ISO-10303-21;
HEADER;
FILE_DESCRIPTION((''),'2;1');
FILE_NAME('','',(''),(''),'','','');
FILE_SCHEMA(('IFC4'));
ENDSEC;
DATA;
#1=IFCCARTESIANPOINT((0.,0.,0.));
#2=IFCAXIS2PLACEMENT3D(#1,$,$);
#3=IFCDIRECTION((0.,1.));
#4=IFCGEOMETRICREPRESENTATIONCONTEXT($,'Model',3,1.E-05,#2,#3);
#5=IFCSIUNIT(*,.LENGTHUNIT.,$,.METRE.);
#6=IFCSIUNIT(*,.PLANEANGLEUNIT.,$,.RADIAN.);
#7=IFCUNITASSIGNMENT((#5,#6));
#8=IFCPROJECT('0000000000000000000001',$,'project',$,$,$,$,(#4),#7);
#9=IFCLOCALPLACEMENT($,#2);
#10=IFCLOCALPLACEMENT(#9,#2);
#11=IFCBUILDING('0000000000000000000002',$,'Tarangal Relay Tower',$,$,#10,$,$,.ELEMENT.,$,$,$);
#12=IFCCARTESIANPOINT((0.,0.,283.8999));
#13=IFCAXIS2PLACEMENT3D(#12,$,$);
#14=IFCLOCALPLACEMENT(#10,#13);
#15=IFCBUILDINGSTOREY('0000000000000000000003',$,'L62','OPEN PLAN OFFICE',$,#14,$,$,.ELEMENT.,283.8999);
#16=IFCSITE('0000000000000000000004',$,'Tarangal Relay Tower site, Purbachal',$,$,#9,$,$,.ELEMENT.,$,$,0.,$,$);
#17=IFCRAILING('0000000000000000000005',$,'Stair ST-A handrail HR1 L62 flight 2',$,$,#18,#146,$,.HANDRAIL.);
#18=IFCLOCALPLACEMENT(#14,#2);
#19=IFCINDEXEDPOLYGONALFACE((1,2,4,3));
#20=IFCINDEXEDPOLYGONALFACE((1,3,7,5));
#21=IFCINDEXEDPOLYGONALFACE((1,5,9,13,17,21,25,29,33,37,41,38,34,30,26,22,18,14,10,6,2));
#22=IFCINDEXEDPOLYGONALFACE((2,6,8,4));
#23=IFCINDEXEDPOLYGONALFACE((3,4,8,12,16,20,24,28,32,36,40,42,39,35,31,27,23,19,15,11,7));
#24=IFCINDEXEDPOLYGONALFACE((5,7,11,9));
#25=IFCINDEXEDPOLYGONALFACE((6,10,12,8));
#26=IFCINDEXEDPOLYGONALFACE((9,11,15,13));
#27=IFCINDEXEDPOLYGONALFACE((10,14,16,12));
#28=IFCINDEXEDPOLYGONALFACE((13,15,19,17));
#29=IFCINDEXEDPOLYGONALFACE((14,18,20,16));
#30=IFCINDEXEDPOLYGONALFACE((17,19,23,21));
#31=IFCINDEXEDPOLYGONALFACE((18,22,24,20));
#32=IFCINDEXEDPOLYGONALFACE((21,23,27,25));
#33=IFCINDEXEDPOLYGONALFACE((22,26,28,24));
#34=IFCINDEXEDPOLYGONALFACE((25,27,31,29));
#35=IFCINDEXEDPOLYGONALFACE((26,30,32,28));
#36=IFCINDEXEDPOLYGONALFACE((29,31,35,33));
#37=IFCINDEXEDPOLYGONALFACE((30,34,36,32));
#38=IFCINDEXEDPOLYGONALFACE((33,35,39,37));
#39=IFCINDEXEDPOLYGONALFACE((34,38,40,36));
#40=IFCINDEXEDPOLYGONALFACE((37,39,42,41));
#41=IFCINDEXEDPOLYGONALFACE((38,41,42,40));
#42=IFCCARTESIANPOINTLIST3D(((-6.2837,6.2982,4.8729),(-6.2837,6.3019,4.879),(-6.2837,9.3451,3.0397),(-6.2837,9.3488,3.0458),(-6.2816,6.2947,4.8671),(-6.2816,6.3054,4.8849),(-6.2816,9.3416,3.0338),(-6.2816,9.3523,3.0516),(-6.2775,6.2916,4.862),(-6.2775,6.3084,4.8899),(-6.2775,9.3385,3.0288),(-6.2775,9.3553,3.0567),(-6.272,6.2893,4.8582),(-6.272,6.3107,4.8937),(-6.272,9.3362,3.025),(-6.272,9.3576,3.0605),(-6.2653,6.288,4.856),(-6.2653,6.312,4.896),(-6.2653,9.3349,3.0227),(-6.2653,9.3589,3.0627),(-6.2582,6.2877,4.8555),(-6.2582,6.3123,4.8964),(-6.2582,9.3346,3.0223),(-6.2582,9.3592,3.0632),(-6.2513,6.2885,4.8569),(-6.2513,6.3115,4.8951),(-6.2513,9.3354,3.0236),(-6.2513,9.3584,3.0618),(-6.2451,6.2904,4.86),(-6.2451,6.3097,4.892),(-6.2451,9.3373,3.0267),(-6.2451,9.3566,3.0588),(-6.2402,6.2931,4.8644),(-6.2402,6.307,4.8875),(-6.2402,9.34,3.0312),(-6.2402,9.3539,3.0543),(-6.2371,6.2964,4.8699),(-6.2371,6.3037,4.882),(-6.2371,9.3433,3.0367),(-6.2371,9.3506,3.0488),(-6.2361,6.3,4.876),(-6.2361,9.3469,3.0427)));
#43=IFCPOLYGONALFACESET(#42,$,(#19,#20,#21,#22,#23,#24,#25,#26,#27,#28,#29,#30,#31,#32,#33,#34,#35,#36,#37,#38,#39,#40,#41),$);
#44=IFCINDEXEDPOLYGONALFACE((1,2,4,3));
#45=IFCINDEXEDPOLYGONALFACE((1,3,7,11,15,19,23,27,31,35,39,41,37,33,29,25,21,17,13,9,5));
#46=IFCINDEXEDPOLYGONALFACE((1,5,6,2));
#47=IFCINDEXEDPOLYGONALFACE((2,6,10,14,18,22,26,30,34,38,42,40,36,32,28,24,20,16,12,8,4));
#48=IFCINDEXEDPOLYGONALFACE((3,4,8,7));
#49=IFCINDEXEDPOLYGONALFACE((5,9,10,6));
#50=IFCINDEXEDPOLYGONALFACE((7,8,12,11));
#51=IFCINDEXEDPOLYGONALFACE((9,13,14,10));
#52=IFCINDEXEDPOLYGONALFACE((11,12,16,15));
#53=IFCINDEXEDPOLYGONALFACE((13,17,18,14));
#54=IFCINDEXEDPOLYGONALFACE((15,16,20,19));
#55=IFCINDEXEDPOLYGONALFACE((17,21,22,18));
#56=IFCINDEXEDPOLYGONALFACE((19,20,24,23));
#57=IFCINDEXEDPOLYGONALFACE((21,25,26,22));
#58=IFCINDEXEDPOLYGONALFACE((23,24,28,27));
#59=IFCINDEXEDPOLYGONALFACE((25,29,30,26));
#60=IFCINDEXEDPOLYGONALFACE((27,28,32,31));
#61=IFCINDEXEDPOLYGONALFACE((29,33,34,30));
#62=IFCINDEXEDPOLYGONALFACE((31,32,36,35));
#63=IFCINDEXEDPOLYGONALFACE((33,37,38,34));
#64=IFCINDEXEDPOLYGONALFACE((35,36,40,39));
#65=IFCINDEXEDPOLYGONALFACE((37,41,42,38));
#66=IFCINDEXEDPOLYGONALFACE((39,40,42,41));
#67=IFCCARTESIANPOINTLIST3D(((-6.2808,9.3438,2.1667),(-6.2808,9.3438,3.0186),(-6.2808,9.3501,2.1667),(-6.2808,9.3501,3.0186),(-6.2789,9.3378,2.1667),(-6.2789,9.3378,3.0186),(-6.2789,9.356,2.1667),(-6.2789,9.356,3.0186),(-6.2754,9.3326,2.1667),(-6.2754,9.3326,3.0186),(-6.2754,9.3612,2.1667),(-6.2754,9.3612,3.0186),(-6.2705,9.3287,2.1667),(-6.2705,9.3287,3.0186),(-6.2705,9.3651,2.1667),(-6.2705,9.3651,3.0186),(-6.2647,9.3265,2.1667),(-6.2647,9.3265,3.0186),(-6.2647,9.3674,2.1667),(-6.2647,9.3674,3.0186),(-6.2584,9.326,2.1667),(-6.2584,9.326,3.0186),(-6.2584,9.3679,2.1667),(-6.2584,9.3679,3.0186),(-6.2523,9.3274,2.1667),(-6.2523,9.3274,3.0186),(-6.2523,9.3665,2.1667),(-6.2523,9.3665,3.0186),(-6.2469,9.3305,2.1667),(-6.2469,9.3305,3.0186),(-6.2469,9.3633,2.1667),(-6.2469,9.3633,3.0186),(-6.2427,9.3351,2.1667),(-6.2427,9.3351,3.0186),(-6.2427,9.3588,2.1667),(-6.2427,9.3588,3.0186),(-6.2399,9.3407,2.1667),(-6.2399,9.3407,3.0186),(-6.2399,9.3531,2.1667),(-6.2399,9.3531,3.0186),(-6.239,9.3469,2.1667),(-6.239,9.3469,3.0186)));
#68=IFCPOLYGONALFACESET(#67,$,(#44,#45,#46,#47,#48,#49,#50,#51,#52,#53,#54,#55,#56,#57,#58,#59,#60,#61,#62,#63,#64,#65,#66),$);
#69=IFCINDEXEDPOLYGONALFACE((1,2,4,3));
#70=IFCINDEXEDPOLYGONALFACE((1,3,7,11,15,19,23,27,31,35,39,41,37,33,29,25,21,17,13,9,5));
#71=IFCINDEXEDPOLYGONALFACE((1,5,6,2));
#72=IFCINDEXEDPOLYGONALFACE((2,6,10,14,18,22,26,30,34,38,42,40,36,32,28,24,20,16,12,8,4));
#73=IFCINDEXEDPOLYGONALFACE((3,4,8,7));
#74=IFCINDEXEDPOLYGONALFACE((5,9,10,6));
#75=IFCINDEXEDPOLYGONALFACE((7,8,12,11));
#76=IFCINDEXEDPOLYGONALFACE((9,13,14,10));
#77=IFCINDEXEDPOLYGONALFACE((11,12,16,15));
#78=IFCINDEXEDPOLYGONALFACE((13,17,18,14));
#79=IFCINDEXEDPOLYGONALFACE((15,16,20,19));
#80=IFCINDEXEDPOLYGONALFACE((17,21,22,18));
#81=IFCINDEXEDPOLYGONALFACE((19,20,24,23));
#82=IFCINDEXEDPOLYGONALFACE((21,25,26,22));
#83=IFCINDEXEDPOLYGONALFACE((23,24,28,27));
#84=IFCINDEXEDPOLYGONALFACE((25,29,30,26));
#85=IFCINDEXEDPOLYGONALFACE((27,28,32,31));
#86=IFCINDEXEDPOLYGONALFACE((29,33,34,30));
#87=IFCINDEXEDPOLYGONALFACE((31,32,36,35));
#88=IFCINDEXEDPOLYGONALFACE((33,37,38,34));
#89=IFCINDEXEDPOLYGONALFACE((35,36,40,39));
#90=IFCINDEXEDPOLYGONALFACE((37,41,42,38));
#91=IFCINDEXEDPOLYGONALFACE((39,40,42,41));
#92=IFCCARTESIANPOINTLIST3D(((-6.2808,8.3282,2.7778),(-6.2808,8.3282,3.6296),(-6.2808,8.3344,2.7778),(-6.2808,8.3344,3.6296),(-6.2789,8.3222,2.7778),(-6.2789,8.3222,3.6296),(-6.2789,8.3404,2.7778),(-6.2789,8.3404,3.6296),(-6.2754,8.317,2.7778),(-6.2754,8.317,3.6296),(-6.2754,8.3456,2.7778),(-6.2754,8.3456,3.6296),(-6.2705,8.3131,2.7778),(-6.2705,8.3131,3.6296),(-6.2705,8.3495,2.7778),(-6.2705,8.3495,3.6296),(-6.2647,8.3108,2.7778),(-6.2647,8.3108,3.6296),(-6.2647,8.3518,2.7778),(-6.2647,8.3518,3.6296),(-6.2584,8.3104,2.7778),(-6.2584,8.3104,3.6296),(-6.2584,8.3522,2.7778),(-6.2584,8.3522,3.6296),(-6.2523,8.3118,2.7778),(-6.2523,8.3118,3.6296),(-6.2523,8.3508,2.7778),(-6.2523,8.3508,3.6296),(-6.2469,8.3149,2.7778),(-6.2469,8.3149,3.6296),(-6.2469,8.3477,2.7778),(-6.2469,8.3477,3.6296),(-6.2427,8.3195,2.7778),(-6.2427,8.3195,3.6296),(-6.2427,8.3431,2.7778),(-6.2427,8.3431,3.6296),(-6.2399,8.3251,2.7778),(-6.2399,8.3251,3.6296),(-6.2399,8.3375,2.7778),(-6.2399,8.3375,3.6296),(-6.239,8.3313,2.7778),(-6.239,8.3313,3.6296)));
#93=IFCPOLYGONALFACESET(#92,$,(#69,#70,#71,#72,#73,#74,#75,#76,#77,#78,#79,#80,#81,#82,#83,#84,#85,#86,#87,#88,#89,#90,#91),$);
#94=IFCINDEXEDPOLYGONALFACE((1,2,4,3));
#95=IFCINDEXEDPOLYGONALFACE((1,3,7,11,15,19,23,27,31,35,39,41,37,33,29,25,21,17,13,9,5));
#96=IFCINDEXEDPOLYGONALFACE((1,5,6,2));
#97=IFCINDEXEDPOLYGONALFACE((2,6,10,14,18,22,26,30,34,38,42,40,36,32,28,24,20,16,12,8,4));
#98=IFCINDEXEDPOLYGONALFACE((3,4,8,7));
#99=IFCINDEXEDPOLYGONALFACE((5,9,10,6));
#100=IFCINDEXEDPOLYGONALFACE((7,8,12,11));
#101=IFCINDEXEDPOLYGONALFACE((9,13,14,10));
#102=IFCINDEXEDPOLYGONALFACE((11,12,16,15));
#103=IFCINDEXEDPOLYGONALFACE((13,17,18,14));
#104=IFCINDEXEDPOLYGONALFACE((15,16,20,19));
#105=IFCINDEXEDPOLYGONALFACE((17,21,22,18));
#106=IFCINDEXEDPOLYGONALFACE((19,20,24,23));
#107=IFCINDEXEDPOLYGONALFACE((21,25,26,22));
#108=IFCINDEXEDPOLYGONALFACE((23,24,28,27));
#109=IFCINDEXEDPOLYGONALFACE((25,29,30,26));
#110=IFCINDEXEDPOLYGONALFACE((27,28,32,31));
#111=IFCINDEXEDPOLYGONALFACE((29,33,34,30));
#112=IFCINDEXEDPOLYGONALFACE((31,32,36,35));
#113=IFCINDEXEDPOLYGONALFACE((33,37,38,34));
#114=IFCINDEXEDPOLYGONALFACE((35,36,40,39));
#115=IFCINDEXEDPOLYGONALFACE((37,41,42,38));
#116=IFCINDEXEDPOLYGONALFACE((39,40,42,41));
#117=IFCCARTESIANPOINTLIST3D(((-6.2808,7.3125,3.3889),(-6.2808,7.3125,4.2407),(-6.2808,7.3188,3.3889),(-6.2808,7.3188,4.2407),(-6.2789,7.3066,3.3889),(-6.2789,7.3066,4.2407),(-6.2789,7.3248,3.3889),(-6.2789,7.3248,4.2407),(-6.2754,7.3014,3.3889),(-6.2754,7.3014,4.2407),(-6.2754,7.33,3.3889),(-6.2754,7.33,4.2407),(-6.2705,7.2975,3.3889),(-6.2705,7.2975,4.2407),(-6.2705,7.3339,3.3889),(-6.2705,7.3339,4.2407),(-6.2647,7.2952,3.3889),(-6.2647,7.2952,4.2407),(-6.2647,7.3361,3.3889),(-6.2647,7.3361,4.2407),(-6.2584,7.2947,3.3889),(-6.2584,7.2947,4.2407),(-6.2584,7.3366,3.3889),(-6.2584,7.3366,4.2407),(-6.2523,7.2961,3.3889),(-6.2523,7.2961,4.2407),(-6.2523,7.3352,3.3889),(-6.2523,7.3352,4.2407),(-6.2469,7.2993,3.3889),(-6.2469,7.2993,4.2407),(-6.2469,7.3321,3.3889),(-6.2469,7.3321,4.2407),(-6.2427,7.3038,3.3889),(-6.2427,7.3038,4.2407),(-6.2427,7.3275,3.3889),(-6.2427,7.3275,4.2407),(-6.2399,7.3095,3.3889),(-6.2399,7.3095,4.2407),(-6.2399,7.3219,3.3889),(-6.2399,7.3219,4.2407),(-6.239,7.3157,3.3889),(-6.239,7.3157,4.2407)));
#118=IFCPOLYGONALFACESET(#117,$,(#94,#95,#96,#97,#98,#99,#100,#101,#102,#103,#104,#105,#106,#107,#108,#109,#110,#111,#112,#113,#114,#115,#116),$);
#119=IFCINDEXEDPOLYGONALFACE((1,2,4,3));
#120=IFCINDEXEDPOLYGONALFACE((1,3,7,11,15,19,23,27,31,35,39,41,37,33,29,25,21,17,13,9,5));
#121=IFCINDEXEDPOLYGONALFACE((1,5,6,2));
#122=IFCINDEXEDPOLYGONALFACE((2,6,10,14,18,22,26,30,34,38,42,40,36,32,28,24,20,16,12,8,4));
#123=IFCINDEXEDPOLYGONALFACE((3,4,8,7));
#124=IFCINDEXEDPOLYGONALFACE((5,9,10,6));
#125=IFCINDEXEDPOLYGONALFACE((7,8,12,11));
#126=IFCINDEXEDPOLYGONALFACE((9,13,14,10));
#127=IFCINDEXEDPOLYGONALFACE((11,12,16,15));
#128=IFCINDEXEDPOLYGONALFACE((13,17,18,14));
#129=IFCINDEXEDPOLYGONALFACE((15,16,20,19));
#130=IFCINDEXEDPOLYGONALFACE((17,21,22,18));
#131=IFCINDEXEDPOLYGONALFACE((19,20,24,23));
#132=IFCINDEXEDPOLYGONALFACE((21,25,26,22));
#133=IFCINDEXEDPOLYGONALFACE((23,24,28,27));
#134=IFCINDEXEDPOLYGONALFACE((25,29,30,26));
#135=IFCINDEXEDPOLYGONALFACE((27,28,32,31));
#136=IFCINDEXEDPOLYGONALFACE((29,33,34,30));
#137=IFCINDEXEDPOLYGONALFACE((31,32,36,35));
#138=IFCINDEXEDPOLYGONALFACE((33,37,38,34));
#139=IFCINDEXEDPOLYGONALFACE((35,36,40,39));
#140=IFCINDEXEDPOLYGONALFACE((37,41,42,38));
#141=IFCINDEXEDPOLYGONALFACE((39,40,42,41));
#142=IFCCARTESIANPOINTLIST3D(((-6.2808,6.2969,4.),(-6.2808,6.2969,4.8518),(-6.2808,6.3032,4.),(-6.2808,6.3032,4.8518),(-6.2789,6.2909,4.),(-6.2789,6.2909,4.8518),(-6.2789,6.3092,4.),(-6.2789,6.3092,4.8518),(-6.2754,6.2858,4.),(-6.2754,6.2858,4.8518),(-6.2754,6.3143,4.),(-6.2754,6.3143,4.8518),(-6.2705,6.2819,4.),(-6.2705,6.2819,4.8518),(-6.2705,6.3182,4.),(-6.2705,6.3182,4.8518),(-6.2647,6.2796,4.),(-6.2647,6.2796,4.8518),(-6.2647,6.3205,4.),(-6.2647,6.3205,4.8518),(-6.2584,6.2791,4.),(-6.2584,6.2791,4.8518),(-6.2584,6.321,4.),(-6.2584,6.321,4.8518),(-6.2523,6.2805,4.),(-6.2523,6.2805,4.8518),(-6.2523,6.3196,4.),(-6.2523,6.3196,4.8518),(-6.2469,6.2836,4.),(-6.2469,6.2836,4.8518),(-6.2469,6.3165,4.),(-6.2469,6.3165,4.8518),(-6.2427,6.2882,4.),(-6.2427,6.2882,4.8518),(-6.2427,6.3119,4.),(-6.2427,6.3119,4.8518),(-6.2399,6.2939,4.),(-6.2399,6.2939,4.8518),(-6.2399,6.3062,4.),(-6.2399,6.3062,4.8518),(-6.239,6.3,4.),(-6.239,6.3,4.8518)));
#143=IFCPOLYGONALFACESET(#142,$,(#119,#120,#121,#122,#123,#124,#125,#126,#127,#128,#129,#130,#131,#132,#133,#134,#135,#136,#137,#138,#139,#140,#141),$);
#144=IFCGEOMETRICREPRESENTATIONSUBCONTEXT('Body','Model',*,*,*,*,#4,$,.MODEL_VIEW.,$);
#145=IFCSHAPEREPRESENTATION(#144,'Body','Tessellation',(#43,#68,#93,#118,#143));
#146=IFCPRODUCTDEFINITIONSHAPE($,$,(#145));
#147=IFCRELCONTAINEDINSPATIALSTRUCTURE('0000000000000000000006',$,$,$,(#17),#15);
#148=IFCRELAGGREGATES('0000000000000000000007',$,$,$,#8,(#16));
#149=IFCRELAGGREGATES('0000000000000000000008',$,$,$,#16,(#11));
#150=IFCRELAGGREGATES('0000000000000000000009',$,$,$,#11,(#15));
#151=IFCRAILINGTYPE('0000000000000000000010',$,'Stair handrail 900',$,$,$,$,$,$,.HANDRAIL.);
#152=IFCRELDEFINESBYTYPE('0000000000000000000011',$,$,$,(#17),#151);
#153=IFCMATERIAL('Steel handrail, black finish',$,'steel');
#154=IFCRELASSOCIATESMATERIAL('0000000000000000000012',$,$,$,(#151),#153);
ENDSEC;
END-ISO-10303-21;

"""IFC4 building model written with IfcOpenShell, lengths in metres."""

from ifc_helpers import new_model, si_unit, direction, frame, origin, origin_2d, place, context, subcontext, project, spatial, circle, extrude, material, type_object, element, save


model = new_model("IFC4")

# Units and contexts
model_context = context("Model", 3, precision=1e-05, world=origin(), true_north=direction((0.0, 1.0)))
body_context = subcontext(model_context, "Body", "Model", "MODEL_VIEW")
ifc_project = project(units=[si_unit("LENGTHUNIT", "METRE"), si_unit("PLANEANGLEUNIT", "RADIAN")], contexts=[model_context])

# Site, building, storey
site_placement = place(None, origin())
site = spatial("IfcSite", under=ifc_project, at=site_placement, Name="Tarangal Relay Tower site, Purbachal", CompositionType="ELEMENT", RefElevation=0.0)
building_placement = place(site_placement, origin())
building = spatial("IfcBuilding", under=site, at=building_placement, Name="Tarangal Relay Tower", CompositionType="ELEMENT")
storey_placement = place(building_placement, frame((0.0, 0.0, 283.8999)))
storey = spatial("IfcBuildingStorey", under=building, at=storey_placement, Name="L62", Description="OPEN PLAN OFFICE", CompositionType="ELEMENT", Elevation=283.8999)

# Railing
ifc_material_1 = material(Name="Steel handrail, black finish", Category="steel")
railing_type_1 = type_object("IfcRailingType", Name="Stair handrail 900", PredefinedType="HANDRAIL", material=ifc_material_1)
railing_1_placement = place(storey_placement, frame((-6.26, 9.3469, 2.1667)))
element("IfcRailing", 1, at=railing_1_placement, inside=storey, type_object=railing_type_1, Name="Stair ST-A handrail HR1 L62 flight 2", PredefinedType="HANDRAIL", context=body_context, shape_type="SweptSolid", body=[
    extrude(circle(Radius=0.0239, at=origin_2d()), frame((0.0, 0.0, 0.876), z_axis=(0.0, -0.856856, 0.515556), x_axis=(1.0, 0.0, 0.0)), (0.0, 0.0, 1.0), 3.5559),
    extrude(circle(Radius=0.021, at=origin_2d()), origin(), (0.0, 0.0, 1.0), 0.8518),
    extrude(circle(Radius=0.021, at=origin_2d()), frame((0.0, -1.0156, 0.6111)), (0.0, 0.0, 1.0), 0.8518),
    extrude(circle(Radius=0.021, at=origin_2d()), frame((0.0, -2.0312, 1.2222)), (0.0, 0.0, 1.0), 0.8518),
    extrude(circle(Radius=0.021, at=origin_2d()), frame((0.0, -3.0469, 1.8333)), (0.0, 0.0, 1.0), 0.8518),
])

save(model, "model.ifc")
